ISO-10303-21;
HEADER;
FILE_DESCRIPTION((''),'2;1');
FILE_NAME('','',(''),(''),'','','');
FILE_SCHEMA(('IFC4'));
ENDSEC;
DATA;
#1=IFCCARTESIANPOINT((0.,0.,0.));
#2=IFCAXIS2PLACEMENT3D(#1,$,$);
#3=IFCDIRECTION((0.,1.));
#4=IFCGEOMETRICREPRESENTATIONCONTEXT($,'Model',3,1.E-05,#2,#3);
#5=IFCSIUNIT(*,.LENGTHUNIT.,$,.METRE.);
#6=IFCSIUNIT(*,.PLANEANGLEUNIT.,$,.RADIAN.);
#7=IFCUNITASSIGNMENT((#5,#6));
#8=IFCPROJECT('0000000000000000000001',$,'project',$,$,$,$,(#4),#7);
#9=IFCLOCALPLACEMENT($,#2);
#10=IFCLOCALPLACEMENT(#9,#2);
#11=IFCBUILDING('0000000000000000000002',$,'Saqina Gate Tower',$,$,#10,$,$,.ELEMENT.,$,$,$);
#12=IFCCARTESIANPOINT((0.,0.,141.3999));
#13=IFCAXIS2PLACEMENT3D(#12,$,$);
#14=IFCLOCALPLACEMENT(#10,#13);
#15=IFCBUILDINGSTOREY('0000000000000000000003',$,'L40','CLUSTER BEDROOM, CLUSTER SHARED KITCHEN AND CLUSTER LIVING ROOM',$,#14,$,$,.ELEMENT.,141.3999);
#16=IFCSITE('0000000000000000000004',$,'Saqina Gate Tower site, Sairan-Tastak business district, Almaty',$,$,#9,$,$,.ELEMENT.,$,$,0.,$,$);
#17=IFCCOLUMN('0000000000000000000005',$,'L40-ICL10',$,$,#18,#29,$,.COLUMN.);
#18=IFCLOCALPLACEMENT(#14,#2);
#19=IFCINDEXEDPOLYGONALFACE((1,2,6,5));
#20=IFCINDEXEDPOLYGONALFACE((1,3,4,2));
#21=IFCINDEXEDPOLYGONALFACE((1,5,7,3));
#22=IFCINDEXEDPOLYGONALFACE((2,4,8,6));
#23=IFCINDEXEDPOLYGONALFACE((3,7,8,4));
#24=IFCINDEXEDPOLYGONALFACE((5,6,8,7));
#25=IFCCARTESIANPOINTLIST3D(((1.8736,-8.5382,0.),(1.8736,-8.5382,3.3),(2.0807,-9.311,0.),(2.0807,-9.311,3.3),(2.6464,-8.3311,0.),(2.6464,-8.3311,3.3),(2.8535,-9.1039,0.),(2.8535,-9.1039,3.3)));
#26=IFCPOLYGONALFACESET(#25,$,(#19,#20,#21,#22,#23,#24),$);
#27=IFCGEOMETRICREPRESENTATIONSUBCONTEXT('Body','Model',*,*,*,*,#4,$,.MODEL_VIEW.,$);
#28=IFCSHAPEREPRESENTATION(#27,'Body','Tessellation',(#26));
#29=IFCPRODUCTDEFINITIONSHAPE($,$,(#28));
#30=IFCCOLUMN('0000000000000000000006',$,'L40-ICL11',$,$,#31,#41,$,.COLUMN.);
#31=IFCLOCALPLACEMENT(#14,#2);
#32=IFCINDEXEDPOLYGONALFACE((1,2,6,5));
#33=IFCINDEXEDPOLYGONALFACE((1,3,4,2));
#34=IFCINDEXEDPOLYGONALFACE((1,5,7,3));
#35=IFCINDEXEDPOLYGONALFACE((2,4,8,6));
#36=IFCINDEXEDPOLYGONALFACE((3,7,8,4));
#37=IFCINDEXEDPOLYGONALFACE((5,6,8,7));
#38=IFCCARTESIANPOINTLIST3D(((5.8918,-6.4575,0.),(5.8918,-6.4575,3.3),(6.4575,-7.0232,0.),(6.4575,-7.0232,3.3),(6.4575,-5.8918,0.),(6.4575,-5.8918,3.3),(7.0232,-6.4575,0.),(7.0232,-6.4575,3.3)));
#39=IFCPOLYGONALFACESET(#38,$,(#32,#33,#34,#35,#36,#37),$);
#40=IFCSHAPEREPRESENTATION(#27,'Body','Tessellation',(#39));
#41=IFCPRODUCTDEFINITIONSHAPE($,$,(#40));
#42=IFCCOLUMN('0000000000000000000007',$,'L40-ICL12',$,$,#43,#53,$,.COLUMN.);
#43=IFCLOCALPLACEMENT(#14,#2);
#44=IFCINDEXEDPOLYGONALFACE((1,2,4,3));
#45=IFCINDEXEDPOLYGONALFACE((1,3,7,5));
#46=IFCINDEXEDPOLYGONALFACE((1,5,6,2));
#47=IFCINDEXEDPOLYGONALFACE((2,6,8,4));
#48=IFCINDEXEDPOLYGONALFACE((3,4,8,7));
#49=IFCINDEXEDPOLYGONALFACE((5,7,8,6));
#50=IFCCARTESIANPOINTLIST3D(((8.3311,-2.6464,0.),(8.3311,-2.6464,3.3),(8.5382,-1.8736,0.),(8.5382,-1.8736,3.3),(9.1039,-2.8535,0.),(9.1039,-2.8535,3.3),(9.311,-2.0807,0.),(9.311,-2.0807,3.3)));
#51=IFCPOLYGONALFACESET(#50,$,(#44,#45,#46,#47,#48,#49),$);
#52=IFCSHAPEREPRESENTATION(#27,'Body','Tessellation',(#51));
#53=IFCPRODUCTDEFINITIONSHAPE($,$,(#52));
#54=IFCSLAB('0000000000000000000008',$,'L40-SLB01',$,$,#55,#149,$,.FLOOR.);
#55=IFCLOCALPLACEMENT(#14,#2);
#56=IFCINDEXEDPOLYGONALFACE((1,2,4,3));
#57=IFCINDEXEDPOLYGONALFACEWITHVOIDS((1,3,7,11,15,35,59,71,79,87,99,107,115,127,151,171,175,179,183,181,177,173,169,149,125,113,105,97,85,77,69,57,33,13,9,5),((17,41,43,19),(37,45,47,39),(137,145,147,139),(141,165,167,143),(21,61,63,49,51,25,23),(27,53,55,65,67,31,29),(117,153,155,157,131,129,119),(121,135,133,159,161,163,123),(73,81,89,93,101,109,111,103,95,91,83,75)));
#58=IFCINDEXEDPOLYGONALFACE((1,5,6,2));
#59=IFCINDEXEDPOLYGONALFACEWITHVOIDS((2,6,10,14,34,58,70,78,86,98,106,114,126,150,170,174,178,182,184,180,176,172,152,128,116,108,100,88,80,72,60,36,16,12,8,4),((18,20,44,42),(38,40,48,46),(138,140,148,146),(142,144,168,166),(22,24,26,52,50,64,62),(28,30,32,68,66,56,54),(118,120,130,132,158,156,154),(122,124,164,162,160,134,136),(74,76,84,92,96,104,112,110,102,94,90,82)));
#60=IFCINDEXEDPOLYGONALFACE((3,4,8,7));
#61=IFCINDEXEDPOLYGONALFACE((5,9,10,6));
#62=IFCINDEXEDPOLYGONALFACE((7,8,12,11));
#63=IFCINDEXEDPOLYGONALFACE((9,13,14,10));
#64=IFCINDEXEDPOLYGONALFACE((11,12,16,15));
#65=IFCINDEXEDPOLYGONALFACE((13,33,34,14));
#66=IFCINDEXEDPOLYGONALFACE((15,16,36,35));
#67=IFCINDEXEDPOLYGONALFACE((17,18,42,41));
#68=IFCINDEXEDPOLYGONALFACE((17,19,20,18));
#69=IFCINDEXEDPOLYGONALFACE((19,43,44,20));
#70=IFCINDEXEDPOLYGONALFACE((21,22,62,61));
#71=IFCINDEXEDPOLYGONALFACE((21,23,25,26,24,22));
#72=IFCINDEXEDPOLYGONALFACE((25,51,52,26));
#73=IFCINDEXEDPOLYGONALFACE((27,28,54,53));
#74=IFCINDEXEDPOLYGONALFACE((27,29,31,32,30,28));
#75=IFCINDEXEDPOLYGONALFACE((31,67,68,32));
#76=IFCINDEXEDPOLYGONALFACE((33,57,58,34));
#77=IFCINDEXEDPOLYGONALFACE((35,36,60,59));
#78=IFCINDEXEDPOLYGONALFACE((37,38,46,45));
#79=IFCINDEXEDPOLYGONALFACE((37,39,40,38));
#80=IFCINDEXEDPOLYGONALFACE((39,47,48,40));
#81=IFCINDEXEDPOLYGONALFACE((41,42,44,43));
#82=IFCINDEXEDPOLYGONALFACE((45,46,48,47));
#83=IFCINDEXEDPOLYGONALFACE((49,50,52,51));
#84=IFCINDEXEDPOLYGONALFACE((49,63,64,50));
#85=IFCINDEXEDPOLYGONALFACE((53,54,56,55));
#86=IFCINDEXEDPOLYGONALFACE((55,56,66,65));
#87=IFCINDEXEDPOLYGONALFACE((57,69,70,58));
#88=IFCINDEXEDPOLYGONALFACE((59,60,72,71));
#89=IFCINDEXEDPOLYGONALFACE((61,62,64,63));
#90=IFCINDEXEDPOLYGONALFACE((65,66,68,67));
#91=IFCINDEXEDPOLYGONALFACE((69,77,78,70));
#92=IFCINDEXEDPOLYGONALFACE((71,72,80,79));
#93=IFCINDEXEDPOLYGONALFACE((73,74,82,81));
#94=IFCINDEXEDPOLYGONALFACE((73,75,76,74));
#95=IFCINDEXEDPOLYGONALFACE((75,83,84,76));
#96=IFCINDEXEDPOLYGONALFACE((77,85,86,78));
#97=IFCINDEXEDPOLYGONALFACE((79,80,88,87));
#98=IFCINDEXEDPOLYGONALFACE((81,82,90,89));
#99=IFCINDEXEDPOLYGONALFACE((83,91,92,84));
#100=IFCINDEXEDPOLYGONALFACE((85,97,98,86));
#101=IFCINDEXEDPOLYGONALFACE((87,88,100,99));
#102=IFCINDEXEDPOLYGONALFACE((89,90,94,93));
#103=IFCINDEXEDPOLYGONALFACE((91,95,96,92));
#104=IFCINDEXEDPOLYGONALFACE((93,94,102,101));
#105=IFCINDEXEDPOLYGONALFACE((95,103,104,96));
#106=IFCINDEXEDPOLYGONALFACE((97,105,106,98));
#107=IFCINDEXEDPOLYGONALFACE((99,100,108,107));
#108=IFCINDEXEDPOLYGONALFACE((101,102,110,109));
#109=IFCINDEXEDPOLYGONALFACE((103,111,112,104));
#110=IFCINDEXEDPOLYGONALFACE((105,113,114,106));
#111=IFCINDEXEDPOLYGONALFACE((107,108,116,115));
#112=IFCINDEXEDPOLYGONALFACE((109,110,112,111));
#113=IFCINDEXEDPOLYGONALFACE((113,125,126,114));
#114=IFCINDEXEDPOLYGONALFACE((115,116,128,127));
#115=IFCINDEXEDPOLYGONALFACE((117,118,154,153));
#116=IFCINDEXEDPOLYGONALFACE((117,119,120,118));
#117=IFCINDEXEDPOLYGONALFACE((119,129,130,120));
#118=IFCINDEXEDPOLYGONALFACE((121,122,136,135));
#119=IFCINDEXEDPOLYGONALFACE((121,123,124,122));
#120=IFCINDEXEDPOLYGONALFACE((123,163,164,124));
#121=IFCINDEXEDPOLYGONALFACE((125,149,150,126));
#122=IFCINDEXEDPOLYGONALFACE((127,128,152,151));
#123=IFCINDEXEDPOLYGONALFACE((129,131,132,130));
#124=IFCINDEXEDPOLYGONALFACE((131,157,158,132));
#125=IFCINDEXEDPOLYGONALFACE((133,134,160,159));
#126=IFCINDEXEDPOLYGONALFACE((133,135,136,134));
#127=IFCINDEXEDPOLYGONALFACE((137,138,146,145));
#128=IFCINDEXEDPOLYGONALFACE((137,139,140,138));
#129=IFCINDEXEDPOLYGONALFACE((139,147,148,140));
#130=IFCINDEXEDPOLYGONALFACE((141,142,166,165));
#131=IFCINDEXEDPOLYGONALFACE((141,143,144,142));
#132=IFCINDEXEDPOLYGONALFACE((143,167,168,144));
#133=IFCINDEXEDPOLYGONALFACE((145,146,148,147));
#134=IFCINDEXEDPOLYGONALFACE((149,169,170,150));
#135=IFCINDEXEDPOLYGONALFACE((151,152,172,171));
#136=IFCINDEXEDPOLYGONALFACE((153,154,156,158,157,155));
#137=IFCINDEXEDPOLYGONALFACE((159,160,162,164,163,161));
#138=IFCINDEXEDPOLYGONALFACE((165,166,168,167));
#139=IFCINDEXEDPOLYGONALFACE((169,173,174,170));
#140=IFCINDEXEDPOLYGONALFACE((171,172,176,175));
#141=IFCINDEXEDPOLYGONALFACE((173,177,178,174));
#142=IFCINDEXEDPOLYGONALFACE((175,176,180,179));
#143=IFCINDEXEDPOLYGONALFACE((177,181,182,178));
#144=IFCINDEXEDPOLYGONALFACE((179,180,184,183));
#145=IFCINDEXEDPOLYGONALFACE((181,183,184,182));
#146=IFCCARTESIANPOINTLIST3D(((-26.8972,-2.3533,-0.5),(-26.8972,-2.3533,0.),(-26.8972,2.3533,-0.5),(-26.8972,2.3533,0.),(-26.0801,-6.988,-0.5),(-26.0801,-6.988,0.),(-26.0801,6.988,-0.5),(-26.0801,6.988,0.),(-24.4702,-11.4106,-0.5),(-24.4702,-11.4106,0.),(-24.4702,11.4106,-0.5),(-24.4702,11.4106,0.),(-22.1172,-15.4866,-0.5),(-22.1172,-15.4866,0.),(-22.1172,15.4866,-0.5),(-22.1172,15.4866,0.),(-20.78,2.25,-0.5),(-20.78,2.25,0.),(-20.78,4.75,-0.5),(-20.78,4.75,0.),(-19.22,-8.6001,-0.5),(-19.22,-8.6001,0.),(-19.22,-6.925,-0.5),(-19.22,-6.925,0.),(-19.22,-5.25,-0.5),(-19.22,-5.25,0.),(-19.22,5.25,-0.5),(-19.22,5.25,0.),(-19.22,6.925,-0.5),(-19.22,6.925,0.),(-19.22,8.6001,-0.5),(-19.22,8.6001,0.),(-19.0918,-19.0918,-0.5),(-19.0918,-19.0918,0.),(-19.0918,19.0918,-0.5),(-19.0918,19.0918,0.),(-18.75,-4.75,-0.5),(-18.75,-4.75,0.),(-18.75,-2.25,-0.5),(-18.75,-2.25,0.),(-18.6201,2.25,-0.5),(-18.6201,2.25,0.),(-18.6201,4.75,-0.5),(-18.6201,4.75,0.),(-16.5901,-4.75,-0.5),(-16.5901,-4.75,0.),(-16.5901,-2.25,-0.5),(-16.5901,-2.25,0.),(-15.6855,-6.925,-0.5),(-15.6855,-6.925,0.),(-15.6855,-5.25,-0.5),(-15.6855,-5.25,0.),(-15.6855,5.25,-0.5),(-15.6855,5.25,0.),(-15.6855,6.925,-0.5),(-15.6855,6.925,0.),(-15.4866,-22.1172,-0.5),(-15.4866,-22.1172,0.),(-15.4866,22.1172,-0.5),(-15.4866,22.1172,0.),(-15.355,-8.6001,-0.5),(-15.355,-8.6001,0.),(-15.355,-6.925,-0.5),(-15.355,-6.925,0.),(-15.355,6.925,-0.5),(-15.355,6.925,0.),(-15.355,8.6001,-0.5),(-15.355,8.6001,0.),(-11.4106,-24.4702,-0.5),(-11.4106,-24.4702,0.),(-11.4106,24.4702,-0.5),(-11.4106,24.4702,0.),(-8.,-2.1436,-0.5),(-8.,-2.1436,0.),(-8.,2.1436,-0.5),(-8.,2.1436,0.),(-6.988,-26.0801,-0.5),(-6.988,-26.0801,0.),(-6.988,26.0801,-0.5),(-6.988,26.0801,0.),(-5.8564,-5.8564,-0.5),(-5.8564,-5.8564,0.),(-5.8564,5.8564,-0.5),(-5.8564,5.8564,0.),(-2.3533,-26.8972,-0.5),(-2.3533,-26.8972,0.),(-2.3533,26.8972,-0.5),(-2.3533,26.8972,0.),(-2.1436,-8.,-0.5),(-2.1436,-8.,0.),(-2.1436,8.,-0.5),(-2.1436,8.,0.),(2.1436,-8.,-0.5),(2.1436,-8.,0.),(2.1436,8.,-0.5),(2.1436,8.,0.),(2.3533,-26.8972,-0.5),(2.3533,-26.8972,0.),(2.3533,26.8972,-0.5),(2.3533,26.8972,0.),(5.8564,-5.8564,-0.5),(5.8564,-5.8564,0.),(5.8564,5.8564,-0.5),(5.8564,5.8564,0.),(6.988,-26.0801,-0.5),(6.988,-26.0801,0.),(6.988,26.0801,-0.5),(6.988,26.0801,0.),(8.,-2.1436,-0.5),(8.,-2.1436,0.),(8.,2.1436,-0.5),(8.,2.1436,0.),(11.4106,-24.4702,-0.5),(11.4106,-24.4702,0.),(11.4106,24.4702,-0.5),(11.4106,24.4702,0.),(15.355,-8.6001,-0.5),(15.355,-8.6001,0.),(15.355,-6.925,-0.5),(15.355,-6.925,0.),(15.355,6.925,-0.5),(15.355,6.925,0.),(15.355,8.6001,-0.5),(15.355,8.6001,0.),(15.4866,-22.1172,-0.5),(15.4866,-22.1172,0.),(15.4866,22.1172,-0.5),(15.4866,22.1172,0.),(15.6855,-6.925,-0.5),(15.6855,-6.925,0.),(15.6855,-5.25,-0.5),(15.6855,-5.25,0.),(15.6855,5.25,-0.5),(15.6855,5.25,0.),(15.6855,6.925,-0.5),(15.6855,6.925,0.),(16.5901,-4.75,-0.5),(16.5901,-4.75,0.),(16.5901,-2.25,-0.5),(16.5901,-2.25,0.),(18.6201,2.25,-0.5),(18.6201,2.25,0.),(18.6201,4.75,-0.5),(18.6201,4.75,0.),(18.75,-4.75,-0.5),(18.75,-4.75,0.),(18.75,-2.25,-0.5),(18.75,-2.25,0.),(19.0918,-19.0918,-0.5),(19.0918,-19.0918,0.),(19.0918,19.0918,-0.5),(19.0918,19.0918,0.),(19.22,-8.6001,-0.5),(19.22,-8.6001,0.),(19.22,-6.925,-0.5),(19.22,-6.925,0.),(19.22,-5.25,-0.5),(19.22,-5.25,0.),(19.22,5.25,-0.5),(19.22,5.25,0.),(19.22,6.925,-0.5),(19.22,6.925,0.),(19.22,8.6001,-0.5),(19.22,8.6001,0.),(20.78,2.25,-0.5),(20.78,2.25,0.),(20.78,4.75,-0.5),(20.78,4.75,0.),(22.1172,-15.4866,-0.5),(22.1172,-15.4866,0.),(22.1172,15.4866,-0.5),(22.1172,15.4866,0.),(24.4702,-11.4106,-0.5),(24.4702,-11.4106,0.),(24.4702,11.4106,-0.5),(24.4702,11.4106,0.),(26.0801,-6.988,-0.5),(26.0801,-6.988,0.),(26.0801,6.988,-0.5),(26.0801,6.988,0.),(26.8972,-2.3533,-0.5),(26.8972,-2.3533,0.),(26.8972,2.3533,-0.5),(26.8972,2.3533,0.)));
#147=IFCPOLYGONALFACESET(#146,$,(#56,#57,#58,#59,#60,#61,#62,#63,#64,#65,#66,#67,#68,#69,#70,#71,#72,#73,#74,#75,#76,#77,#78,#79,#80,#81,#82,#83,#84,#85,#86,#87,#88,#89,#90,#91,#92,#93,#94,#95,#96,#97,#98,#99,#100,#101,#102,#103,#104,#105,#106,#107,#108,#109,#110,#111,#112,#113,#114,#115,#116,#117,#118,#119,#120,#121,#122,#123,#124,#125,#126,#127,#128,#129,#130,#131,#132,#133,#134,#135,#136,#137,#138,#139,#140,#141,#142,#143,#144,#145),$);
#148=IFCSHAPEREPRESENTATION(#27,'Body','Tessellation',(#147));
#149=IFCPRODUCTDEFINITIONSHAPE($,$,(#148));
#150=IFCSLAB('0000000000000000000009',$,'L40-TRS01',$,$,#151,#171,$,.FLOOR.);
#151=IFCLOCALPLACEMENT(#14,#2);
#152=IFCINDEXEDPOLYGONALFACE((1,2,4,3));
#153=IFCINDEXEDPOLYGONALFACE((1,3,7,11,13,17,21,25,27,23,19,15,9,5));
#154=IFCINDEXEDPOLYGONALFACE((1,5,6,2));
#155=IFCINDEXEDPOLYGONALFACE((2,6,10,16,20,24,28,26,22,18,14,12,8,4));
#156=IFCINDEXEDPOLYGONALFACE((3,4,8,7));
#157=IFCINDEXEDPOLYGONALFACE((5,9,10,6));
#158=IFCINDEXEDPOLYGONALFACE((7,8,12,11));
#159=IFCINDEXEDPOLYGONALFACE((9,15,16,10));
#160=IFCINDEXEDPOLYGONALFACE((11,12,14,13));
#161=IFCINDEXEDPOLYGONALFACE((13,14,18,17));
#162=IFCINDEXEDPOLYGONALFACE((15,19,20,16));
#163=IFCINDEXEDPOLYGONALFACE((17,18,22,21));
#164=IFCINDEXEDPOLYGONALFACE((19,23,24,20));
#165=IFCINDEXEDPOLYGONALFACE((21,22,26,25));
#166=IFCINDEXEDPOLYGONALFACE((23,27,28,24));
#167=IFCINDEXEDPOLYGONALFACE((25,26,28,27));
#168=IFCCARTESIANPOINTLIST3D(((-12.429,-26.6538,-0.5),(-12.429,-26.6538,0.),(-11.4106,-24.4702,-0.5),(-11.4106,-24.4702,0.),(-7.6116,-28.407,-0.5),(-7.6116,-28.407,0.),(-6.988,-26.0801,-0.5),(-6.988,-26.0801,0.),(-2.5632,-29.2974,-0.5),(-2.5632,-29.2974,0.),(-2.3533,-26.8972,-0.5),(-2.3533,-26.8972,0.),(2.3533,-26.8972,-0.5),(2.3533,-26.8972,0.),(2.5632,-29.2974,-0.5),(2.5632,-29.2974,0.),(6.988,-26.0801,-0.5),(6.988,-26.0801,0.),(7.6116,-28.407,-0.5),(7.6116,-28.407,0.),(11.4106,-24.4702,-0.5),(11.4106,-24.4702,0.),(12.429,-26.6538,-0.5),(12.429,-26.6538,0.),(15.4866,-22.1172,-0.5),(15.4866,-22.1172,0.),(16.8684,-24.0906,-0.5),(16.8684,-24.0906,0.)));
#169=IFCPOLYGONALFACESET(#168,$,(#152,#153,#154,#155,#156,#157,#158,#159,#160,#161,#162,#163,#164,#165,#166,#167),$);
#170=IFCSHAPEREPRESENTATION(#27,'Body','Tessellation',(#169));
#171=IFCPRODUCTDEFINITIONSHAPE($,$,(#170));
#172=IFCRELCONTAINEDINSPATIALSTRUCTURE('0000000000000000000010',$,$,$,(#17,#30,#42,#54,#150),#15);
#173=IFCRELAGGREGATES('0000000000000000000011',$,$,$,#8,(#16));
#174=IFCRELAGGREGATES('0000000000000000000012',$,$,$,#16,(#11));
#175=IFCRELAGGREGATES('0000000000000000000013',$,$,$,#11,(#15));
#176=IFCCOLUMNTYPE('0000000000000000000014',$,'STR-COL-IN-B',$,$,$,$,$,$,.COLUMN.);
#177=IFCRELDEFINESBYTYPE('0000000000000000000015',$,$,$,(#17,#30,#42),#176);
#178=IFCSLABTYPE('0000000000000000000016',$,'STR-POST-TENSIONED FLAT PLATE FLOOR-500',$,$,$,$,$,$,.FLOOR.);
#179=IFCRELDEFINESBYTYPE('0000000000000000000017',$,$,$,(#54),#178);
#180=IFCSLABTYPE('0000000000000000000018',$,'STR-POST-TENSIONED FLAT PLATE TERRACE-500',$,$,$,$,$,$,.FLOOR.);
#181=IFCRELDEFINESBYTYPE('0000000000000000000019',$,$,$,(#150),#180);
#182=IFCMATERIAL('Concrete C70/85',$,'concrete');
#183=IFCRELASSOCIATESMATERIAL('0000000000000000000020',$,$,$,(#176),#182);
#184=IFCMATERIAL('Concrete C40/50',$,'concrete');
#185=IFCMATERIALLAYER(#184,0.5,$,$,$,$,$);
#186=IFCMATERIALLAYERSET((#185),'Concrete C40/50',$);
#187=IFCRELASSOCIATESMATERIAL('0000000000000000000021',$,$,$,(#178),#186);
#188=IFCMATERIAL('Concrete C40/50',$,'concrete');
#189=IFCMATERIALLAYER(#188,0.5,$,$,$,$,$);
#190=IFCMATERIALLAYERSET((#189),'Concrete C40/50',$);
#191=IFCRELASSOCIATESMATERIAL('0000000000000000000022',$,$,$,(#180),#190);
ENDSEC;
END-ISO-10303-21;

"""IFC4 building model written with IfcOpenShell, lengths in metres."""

from ifc_helpers import new_model, si_unit, direction, frame, origin, origin_2d, place, context, subcontext, project, spatial, polyline, rectangle, outline, extrude, material, layer, layer_set, material_profile, profile_set, type_object, element, save


model = new_model("IFC4")

# Units and contexts
model_context = context("Model", 3, precision=1e-05, world=origin(), true_north=direction((0.0, 1.0)))
body_context = subcontext(model_context, "Body", "Model", "MODEL_VIEW")
ifc_project = project(units=[si_unit("LENGTHUNIT", "METRE"), si_unit("PLANEANGLEUNIT", "RADIAN")], contexts=[model_context])

# Site, building, storey
site_placement = place(None, origin())
site = spatial("IfcSite", under=ifc_project, at=site_placement, Name="Saqina Gate Tower site, Sairan-Tastak business district, Almaty", CompositionType="ELEMENT", RefElevation=0.0)
building_placement = place(site_placement, origin())
building = spatial("IfcBuilding", under=site, at=building_placement, Name="Saqina Gate Tower", CompositionType="ELEMENT")
storey_placement = place(building_placement, frame((0.0, 0.0, 141.3999)))
storey = spatial("IfcBuildingStorey", under=building, at=storey_placement, Name="L40", Description="CLUSTER BEDROOM, CLUSTER SHARED KITCHEN AND CLUSTER LIVING ROOM", CompositionType="ELEMENT", Elevation=141.3999)

# Columns
ifc_material_1 = material(Name="Concrete C70/85", Category="concrete")
ifc_material_profile = material_profile(ifc_material_1, rectangle(XDim=0.8, YDim=0.8, at=origin_2d()), Name="RC 800x800")
ifc_profile_set = profile_set([ifc_material_profile], Name="Concrete C70/85")
column_type = type_object("IfcColumnType", Name="STR-COL-IN-B", PredefinedType="COLUMN", material=ifc_profile_set)
for number, where, z_axis, x_axis, name in (
    (1, (2.3635, -8.821, 0.0), (0.0, 0.0, 1.0), (0.258819, -0.965926, 0.0), "L40-ICL10"),
    (2, (6.4575, -6.4575, 0.0), (0.0, 0.0, 1.0), (0.707107, -0.707107, 0.0), "L40-ICL11"),
    (3, (8.821, -2.3635, 0.0), (0.0, 0.0, 1.0), (0.965926, -0.258819, 0.0), "L40-ICL12"),
):
    element("IfcColumn", number, at=place(storey_placement, frame(where, z_axis=z_axis, x_axis=x_axis)), inside=storey, type_object=column_type, Name=name, PredefinedType="COLUMN", context=body_context, shape_type="SweptSolid", body=[
        extrude(rectangle(XDim=0.8, YDim=0.8, at=origin_2d()), origin(), (0.0, 0.0, 1.0), 3.3),
    ])

# Slabs
ifc_material_2 = material(Name="Concrete C40/50", Category="concrete")
ifc_layer_1 = layer(ifc_material_2, 0.5)
ifc_layer_set_1 = layer_set([ifc_layer_1], Name="Concrete C40/50")
slab_type_1 = type_object("IfcSlabType", Name="STR-POST-TENSIONED FLAT PLATE FLOOR-500", PredefinedType="FLOOR", material=ifc_layer_set_1)
slab_1_placement = place(storey_placement, frame((0.0, 0.0, -0.5)))
element("IfcSlab", 4, at=slab_1_placement, inside=storey, type_object=slab_type_1, Name="L40-SLB01", PredefinedType="FLOOR", context=body_context, shape_type="SweptSolid", body=[
    extrude(outline(polyline([(26.0801, -6.988), (26.8972, -2.3533), (26.8972, 2.3533), (26.0801, 6.988), (24.4702, 11.4106), (22.1172, 15.4866), (19.0918, 19.0918), (15.4866, 22.1172), (11.4106, 24.4702), (6.988, 26.0801), (2.3533, 26.8972), (-2.3533, 26.8972), (-6.988, 26.0801), (-11.4106, 24.4702), (-15.4866, 22.1172), (-19.0918, 19.0918), (-22.1172, 15.4866), (-24.4702, 11.4106), (-26.0801, 6.988), (-26.8972, 2.3533), (-26.8972, -2.3533), (-26.0801, -6.988), (-24.4702, -11.4106), (-22.1172, -15.4866), (-19.0918, -19.0918), (-15.4866, -22.1172), (-11.4106, -24.4702), (-6.988, -26.0801), (-2.3533, -26.8972), (2.3533, -26.8972), (6.988, -26.0801), (11.4106, -24.4702), (15.4866, -22.1172), (19.0918, -19.0918), (22.1172, -15.4866), (24.4702, -11.4106), (26.0801, -6.988)]), holes=[polyline([(2.1436, 8.0), (5.8564, 5.8564), (8.0, 2.1436), (8.0, -2.1436), (5.8564, -5.8564), (2.1436, -8.0), (-2.1436, -8.0), (-5.8564, -5.8564), (-8.0, -2.1436), (-8.0, 2.1436), (-5.8564, 5.8564), (-2.1436, 8.0), (2.1436, 8.0)]), polyline([(-15.355, -8.6001), (-19.22, -8.6001), (-19.22, -6.925), (-19.22, -5.25), (-15.6855, -5.25), (-15.6855, -6.925), (-15.355, -6.925), (-15.355, -8.6001)]), polyline([(-16.5901, -2.25), (-16.5901, -4.75), (-18.75, -4.75), (-18.75, -2.25), (-16.5901, -2.25)]), polyline([(-20.78, 4.75), (-18.6201, 4.75), (-18.6201, 2.25), (-20.78, 2.25), (-20.78, 4.75)]), polyline([(-19.22, 6.925), (-19.22, 8.6001), (-15.355, 8.6001), (-15.355, 6.925), (-15.6855, 6.925), (-15.6855, 5.25), (-19.22, 5.25), (-19.22, 6.925)]), polyline([(15.355, -8.6001), (15.355, -6.925), (15.6855, -6.925), (15.6855, -5.25), (19.22, -5.25), (19.22, -6.925), (19.22, -8.6001), (15.355, -8.6001)]), polyline([(18.75, -2.25), (18.75, -4.75), (16.5901, -4.75), (16.5901, -2.25), (18.75, -2.25)]), polyline([(18.6201, 4.75), (20.78, 4.75), (20.78, 2.25), (18.6201, 2.25), (18.6201, 4.75)]), polyline([(15.6855, 6.925), (15.355, 6.925), (15.355, 8.6001), (19.22, 8.6001), (19.22, 6.925), (19.22, 5.25), (15.6855, 5.25), (15.6855, 6.925)])]), origin(), (0.0, 0.0, 1.0), 0.5),
])
ifc_material_3 = material(Name="Concrete C40/50", Category="concrete")
ifc_layer_2 = layer(ifc_material_3, 0.5)
ifc_layer_set_2 = layer_set([ifc_layer_2], Name="Concrete C40/50")
slab_type_2 = type_object("IfcSlabType", Name="STR-POST-TENSIONED FLAT PLATE TERRACE-500", PredefinedType="FLOOR", material=ifc_layer_set_2)
slab_2_placement = place(storey_placement, frame((0.0, 0.0, -0.5)))
element("IfcSlab", 5, at=slab_2_placement, inside=storey, type_object=slab_type_2, Name="L40-TRS01", PredefinedType="FLOOR", context=body_context, shape_type="SweptSolid", body=[
    extrude(outline(polyline([(-11.4106, -24.4702), (-6.988, -26.0801), (-2.3533, -26.8972), (2.3533, -26.8972), (6.988, -26.0801), (11.4106, -24.4702), (15.4866, -22.1172), (16.8684, -24.0906), (12.429, -26.6538), (7.6116, -28.407), (2.5632, -29.2974), (-2.5632, -29.2974), (-7.6116, -28.407), (-12.429, -26.6538), (-11.4106, -24.4702)])), origin(), (0.0, 0.0, 1.0), 0.5),
])

save(model, "model.ifc")
